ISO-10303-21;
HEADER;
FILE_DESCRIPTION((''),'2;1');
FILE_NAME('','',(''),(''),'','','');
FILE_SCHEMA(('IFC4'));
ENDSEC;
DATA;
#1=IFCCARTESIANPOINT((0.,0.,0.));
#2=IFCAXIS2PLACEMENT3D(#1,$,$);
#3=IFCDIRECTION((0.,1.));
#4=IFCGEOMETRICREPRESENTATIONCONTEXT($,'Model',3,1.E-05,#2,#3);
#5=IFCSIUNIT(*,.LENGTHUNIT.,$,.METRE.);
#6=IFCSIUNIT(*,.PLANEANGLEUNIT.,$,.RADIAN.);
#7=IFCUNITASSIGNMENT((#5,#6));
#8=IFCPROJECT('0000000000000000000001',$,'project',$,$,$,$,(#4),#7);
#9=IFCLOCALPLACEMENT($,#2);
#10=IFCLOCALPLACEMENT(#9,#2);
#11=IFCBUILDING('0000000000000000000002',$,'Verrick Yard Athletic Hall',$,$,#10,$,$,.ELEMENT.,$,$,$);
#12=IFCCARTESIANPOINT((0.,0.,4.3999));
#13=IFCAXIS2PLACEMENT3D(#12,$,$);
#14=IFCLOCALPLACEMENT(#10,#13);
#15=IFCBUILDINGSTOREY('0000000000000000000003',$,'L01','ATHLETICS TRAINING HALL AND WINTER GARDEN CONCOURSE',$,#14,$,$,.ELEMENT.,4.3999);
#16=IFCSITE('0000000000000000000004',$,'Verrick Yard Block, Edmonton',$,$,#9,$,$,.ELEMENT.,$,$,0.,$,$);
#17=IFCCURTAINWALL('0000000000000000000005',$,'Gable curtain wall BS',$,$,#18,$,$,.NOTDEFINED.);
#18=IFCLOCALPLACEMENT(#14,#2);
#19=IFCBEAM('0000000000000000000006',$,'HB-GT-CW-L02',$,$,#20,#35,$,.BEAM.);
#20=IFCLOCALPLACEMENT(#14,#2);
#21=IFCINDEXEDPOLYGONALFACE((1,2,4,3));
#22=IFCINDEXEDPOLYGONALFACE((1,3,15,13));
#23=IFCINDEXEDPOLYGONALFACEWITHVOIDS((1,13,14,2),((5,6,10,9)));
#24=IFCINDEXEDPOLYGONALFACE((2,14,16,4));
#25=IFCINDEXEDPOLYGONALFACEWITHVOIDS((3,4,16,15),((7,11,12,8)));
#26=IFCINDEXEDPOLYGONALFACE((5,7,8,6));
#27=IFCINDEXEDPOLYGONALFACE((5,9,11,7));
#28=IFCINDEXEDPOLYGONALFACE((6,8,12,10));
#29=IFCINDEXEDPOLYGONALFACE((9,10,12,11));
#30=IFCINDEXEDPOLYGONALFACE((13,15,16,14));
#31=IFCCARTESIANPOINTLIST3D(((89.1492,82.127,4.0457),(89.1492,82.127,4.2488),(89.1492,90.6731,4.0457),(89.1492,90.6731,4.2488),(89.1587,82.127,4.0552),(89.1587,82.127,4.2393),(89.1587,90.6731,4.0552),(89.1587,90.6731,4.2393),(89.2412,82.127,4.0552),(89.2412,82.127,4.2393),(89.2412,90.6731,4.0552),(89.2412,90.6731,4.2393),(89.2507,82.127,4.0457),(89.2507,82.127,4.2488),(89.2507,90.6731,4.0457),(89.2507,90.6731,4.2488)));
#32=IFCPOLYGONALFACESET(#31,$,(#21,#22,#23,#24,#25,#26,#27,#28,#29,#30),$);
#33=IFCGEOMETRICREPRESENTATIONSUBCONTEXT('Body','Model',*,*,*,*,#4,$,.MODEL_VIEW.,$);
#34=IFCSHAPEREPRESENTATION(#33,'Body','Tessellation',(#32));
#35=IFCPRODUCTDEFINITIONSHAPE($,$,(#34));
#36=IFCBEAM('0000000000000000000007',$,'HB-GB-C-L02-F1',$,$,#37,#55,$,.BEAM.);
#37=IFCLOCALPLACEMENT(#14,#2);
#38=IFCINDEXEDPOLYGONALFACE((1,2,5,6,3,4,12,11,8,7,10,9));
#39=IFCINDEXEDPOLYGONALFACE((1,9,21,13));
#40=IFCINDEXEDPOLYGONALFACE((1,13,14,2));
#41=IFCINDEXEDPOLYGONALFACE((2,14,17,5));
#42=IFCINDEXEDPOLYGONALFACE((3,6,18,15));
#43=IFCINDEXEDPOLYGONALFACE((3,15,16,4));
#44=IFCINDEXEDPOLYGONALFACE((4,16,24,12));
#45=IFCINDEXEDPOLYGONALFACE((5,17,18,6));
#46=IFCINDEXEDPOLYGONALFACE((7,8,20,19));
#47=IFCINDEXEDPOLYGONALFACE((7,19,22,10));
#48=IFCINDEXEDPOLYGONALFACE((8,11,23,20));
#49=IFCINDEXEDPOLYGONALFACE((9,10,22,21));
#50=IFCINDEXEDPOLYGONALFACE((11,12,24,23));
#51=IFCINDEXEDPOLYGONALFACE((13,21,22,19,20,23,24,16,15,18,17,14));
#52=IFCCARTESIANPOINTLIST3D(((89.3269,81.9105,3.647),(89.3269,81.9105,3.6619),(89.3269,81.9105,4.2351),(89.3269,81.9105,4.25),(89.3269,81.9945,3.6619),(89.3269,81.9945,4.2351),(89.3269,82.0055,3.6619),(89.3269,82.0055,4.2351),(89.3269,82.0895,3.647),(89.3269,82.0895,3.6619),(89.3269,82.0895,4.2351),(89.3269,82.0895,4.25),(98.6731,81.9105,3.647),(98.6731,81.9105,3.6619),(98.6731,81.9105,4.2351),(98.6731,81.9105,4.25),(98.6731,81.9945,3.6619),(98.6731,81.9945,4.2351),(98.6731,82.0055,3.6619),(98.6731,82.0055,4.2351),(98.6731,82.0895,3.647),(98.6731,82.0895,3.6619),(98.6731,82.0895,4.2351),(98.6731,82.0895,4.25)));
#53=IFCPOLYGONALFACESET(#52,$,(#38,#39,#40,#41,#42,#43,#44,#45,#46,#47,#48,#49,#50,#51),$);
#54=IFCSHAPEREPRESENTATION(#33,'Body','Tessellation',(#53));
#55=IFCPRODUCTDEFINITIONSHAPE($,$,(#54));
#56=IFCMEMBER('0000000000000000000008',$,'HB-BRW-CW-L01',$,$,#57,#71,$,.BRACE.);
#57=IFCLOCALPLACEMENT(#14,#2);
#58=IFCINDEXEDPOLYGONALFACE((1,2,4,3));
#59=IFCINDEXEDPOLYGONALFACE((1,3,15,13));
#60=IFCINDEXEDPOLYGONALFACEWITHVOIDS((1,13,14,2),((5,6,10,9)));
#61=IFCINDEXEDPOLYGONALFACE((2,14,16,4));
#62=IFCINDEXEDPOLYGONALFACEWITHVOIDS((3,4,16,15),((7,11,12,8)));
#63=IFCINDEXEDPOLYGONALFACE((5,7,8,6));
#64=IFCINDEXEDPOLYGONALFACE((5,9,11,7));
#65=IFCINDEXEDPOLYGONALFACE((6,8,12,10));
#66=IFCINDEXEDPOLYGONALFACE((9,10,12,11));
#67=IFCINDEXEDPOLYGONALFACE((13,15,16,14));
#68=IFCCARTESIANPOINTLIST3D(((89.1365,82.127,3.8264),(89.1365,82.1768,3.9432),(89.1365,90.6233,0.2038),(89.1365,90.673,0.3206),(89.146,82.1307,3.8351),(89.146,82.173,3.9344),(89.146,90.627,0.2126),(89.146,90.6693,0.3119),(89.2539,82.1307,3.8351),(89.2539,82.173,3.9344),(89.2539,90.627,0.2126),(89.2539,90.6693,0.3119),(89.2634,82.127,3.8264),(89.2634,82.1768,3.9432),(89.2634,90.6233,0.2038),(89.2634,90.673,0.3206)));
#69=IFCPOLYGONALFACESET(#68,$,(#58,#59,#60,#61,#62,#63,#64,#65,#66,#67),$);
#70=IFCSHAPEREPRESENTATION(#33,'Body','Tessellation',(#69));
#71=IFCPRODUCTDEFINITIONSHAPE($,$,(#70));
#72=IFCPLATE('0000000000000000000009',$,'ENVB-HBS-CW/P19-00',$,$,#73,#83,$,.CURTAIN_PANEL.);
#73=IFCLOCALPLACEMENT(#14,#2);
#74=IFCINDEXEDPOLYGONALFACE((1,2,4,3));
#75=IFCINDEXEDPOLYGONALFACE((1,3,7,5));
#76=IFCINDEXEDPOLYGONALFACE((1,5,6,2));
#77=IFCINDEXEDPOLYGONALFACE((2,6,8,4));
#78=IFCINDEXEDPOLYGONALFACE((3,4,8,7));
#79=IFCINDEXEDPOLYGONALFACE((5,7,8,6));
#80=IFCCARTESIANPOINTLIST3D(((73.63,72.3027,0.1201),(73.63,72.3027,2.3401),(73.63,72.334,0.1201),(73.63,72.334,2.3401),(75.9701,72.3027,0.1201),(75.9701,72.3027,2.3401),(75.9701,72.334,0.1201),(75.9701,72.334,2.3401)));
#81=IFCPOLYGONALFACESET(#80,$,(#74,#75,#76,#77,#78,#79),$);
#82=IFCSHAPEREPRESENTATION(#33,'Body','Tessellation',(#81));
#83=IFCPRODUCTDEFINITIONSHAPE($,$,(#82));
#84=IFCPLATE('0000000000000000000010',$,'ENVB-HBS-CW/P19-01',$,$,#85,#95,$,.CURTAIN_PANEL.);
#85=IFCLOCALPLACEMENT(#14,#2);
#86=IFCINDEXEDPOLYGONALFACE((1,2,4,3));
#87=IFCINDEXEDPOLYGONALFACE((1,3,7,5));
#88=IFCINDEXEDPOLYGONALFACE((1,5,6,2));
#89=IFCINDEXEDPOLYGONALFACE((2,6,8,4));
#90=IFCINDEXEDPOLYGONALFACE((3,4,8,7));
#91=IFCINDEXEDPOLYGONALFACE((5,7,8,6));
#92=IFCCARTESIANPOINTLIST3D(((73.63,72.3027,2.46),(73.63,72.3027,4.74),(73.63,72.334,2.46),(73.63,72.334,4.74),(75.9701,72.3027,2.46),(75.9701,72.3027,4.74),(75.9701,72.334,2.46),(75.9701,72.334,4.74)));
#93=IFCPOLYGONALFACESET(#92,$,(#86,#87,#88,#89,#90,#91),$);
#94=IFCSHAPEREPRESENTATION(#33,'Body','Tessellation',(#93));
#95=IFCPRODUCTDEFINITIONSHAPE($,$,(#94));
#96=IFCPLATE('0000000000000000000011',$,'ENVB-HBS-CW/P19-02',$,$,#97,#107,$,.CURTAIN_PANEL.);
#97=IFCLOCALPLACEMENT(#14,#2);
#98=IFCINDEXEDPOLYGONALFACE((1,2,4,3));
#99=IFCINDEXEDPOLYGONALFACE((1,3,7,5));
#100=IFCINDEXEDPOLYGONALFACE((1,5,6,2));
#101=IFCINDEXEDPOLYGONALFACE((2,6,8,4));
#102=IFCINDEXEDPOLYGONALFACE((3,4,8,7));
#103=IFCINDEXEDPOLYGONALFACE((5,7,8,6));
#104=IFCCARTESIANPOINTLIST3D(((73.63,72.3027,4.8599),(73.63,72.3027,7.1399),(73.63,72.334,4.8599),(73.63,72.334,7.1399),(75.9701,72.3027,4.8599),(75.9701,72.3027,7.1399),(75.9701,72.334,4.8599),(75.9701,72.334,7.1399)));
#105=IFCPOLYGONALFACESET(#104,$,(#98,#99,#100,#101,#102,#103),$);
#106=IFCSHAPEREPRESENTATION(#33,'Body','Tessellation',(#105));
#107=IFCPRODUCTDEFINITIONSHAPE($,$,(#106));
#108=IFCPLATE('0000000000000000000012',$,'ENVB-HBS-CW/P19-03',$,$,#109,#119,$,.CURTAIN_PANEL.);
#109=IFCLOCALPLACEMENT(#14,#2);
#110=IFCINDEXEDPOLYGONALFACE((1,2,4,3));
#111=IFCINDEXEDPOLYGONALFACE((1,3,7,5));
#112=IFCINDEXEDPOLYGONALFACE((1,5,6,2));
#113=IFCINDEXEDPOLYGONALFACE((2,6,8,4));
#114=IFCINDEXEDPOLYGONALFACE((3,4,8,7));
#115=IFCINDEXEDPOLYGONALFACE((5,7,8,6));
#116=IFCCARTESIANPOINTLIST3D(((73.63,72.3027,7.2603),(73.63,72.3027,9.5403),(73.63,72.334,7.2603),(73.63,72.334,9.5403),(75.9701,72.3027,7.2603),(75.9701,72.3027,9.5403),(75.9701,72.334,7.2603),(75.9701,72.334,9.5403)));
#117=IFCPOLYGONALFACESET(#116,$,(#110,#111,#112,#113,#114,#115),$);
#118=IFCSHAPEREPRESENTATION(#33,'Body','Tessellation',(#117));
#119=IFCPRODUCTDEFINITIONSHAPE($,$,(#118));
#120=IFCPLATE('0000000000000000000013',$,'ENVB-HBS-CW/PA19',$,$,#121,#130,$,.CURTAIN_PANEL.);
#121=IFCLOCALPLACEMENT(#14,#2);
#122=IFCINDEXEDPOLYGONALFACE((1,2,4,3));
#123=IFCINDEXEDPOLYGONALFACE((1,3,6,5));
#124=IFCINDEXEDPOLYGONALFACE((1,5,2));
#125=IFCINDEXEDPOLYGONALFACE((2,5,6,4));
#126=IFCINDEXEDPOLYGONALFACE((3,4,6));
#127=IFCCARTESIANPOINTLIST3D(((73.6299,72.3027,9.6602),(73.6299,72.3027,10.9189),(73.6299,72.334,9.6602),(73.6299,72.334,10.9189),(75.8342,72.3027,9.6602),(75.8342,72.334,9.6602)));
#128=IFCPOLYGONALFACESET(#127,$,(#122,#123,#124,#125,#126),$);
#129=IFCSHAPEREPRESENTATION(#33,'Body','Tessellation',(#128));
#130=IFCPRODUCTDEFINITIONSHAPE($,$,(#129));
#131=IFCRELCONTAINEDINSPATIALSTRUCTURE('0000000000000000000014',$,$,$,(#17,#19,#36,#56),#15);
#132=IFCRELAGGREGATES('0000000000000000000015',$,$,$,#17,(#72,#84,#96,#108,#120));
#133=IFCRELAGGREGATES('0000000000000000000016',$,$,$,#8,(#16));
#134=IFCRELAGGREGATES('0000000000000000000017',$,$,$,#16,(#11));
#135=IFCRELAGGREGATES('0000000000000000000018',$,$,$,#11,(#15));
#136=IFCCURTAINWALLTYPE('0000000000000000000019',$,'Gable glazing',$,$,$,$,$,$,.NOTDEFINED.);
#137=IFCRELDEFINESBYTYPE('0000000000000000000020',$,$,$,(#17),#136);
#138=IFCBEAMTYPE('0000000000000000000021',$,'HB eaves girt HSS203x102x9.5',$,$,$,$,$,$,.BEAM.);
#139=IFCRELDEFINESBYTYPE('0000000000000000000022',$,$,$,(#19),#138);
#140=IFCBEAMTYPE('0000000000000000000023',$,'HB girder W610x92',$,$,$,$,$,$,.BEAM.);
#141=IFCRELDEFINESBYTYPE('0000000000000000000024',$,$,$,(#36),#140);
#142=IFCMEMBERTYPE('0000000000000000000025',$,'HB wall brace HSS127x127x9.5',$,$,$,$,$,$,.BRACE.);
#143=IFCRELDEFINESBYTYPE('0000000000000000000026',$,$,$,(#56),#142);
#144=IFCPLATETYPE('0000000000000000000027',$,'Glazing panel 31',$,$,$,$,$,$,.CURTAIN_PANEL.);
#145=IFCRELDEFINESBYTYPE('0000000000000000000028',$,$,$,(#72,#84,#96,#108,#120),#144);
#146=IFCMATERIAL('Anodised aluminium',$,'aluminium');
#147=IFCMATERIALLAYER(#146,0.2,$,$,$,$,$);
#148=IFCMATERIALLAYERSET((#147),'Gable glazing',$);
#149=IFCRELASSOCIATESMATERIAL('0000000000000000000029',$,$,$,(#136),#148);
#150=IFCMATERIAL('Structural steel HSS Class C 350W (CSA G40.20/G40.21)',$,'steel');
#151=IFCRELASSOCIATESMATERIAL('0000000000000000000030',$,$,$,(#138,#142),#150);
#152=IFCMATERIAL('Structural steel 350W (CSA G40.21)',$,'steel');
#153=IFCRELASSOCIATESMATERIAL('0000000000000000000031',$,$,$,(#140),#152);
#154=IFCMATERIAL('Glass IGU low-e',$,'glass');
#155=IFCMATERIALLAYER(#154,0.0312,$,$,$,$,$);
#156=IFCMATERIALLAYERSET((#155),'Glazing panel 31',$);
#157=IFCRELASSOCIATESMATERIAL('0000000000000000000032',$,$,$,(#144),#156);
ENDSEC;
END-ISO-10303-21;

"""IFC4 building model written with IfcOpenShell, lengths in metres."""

from ifc_helpers import new_model, si_unit, direction, frame, origin, origin_2d, place, context, subcontext, project, spatial, polyline, rectangle, hollow_rectangle, i_section, outline, extrude, material, layer, layer_set, material_profile, profile_set, type_object, element, aggregate, save


model = new_model("IFC4")

# Units and contexts
model_context = context("Model", 3, precision=1e-05, world=origin(), true_north=direction((0.0, 1.0)))
body_context = subcontext(model_context, "Body", "Model", "MODEL_VIEW")
ifc_project = project(units=[si_unit("LENGTHUNIT", "METRE"), si_unit("PLANEANGLEUNIT", "RADIAN")], contexts=[model_context])

# Site, building, storey
site_placement = place(None, origin())
site = spatial("IfcSite", under=ifc_project, at=site_placement, Name="Verrick Yard Block, Edmonton", CompositionType="ELEMENT", RefElevation=0.0)
building_placement = place(site_placement, origin())
building = spatial("IfcBuilding", under=site, at=building_placement, Name="Verrick Yard Athletic Hall", CompositionType="ELEMENT")
storey_placement = place(building_placement, frame((0.0, 0.0, 4.3999)))
storey = spatial("IfcBuildingStorey", under=building, at=storey_placement, Name="L01", Description="ATHLETICS TRAINING HALL AND WINTER GARDEN CONCOURSE", CompositionType="ELEMENT", Elevation=4.3999)

# Shared definitions
ifc_material_1 = material(Name="Structural steel HSS Class C 350W (CSA G40.20/G40.21)", Category="steel")
ifc_material_2 = material(Name="Structural steel 350W (CSA G40.21)", Category="steel")

# Curtain wall
ifc_material_3 = material(Name="Anodised aluminium", Category="aluminium")
ifc_layer_1 = layer(ifc_material_3, 0.2)
ifc_layer_set_1 = layer_set([ifc_layer_1], Name="Gable glazing")
curtain_wall_type = type_object("IfcCurtainWallType", Name="Gable glazing", PredefinedType="NOTDEFINED", material=ifc_layer_set_1)
curtain_wall_placement = place(storey_placement, origin())
curtain_wall = element("IfcCurtainWall", 1, at=curtain_wall_placement, inside=storey, type_object=curtain_wall_type, Name="Gable curtain wall BS", PredefinedType="NOTDEFINED")

# Beams
ifc_material_profile_1 = material_profile(ifc_material_1, hollow_rectangle(XDim=0.1016, YDim=0.2031, WallThickness=0.0095, at=origin_2d()), Name="HSS203x102x9.5")
ifc_profile_set_1 = profile_set([ifc_material_profile_1], Name="Structural steel HSS Class C 350W (CSA G40.20/G40.21)")
beam_type_1 = type_object("IfcBeamType", Name="HB eaves girt HSS203x102x9.5", PredefinedType="BEAM", material=ifc_profile_set_1)
for number, where, z_axis, x_axis, name in (
    (2, (89.2, 82.127, 4.1472), (0.0, 1.0, 0.0), (-1.0, 0.0, 0.0), "HB-GT-CW-L02"),
):
    element("IfcBeam", number, at=place(storey_placement, frame(where, z_axis=z_axis, x_axis=x_axis)), inside=storey, type_object=beam_type_1, Name=name, PredefinedType="BEAM", context=body_context, shape_type="SweptSolid", body=[
        extrude(hollow_rectangle(XDim=0.1016, YDim=0.2031, WallThickness=0.0095, at=origin_2d()), origin(), (0.0, 0.0, 1.0), 8.5461),
    ])
ifc_material_profile_2 = material_profile(ifc_material_2, i_section(OverallWidth=0.179, OverallDepth=0.603, WebThickness=0.011, FlangeThickness=0.0149, at=origin_2d()), Name="W610x92")
ifc_profile_set_2 = profile_set([ifc_material_profile_2], Name="Structural steel 350W (CSA G40.21)")
beam_type_2 = type_object("IfcBeamType", Name="HB girder W610x92", PredefinedType="BEAM", material=ifc_profile_set_2)
beam_1_placement = place(storey_placement, frame((89.3269, 82.0, 3.9485), z_axis=(1.0, 0.0, 0.0), x_axis=(0.0, 1.0, 0.0)))
element("IfcBeam", 3, at=beam_1_placement, inside=storey, type_object=beam_type_2, Name="HB-GB-C-L02-F1", PredefinedType="BEAM", context=body_context, shape_type="SweptSolid", body=[
    extrude(i_section(OverallWidth=0.179, OverallDepth=0.603, WebThickness=0.011, FlangeThickness=0.0149, at=origin_2d()), origin(), (0.0, 0.0, 1.0), 9.3462),
])

# Member
ifc_material_profile_3 = material_profile(ifc_material_1, hollow_rectangle(XDim=0.127, YDim=0.127, WallThickness=0.0095, at=origin_2d()), Name="HSS127x127x9.5")
ifc_profile_set_3 = profile_set([ifc_material_profile_3], Name="Structural steel HSS Class C 350W (CSA G40.20/G40.21)")
member_type_1 = type_object("IfcMemberType", Name="HB wall brace HSS127x127x9.5", PredefinedType="BRACE", material=ifc_profile_set_3)
member_1_placement = place(storey_placement, frame((89.2, 82.1519, 3.8848), z_axis=(0.0, 0.919878, -0.392206), x_axis=(-1.0, 0.0, 0.0)))
element("IfcMember", 4, at=member_1_placement, inside=storey, type_object=member_type_1, Name="HB-BRW-CW-L01", PredefinedType="BRACE", context=body_context, shape_type="SweptSolid", body=[
    extrude(hollow_rectangle(XDim=0.127, YDim=0.127, WallThickness=0.0095, at=origin_2d()), origin(), (0.0, 0.0, 1.0), 9.2363),
])

# Plates
ifc_material_4 = material(Name="Glass IGU low-e", Category="glass")
ifc_layer_2 = layer(ifc_material_4, 0.0312)
ifc_layer_set_2 = layer_set([ifc_layer_2], Name="Glazing panel 31")
plate_type = type_object("IfcPlateType", Name="Glazing panel 31", PredefinedType="CURTAIN_PANEL", material=ifc_layer_set_2)
plate_1_placement = place(storey_placement, frame((74.8, 72.3184, 0.1201), z_axis=(0.0, 0.0, 1.0), x_axis=(1.0, 0.0, 0.0)))
plate_1 = element("IfcPlate", 5, at=plate_1_placement, type_object=plate_type, Name="ENVB-HBS-CW/P19-00", PredefinedType="CURTAIN_PANEL", context=body_context, shape_type="SweptSolid", body=[
    extrude(rectangle(XDim=2.3401, YDim=0.0312, at=origin_2d()), origin(), (0.0, 0.0, 1.0), 2.22),
])
plate_2_placement = place(storey_placement, frame((74.8, 72.3184, 2.46), z_axis=(0.0, 0.0, 1.0), x_axis=(1.0, 0.0, 0.0)))
plate_2 = element("IfcPlate", 6, at=plate_2_placement, type_object=plate_type, Name="ENVB-HBS-CW/P19-01", PredefinedType="CURTAIN_PANEL", context=body_context, shape_type="SweptSolid", body=[
    extrude(rectangle(XDim=2.3401, YDim=0.0312, at=origin_2d()), origin(), (0.0, 0.0, 1.0), 2.28),
])
plate_3_placement = place(storey_placement, frame((74.8, 72.3184, 4.8599), z_axis=(0.0, 0.0, 1.0), x_axis=(1.0, 0.0, 0.0)))
plate_3 = element("IfcPlate", 7, at=plate_3_placement, type_object=plate_type, Name="ENVB-HBS-CW/P19-02", PredefinedType="CURTAIN_PANEL", context=body_context, shape_type="SweptSolid", body=[
    extrude(rectangle(XDim=2.3401, YDim=0.0312, at=origin_2d()), origin(), (0.0, 0.0, 1.0), 2.28),
])
plate_4_placement = place(storey_placement, frame((74.8, 72.3184, 7.2603), z_axis=(0.0, 0.0, 1.0), x_axis=(1.0, 0.0, 0.0)))
plate_4 = element("IfcPlate", 8, at=plate_4_placement, type_object=plate_type, Name="ENVB-HBS-CW/P19-03", PredefinedType="CURTAIN_PANEL", context=body_context, shape_type="SweptSolid", body=[
    extrude(rectangle(XDim=2.3401, YDim=0.0312, at=origin_2d()), origin(), (0.0, 0.0, 1.0), 2.28),
])
plate_5_placement = place(storey_placement, frame((73.6299, 72.3184, 9.6602), z_axis=(0.0, 0.0, 1.0), x_axis=(1.0, 0.0, 0.0)))
plate_5 = element("IfcPlate", 9, at=plate_5_placement, type_object=plate_type, Name="ENVB-HBS-CW/PA19", PredefinedType="CURTAIN_PANEL", context=body_context, shape_type="SweptSolid", body=[
    extrude(outline(polyline([(0.0, 1.2588), (2.2043, 0.0), (0.0, 0.0), (0.0, 1.2588)])), frame((0.0, 0.0156, 0.0), z_axis=(0.0, -1.0, 0.0), x_axis=(1.0, 0.0, 0.0)), (0.0, 0.0, 1.0), 0.0312),
])
aggregate(curtain_wall, [plate_1, plate_2, plate_3, plate_4, plate_5])

save(model, "model.ifc")
